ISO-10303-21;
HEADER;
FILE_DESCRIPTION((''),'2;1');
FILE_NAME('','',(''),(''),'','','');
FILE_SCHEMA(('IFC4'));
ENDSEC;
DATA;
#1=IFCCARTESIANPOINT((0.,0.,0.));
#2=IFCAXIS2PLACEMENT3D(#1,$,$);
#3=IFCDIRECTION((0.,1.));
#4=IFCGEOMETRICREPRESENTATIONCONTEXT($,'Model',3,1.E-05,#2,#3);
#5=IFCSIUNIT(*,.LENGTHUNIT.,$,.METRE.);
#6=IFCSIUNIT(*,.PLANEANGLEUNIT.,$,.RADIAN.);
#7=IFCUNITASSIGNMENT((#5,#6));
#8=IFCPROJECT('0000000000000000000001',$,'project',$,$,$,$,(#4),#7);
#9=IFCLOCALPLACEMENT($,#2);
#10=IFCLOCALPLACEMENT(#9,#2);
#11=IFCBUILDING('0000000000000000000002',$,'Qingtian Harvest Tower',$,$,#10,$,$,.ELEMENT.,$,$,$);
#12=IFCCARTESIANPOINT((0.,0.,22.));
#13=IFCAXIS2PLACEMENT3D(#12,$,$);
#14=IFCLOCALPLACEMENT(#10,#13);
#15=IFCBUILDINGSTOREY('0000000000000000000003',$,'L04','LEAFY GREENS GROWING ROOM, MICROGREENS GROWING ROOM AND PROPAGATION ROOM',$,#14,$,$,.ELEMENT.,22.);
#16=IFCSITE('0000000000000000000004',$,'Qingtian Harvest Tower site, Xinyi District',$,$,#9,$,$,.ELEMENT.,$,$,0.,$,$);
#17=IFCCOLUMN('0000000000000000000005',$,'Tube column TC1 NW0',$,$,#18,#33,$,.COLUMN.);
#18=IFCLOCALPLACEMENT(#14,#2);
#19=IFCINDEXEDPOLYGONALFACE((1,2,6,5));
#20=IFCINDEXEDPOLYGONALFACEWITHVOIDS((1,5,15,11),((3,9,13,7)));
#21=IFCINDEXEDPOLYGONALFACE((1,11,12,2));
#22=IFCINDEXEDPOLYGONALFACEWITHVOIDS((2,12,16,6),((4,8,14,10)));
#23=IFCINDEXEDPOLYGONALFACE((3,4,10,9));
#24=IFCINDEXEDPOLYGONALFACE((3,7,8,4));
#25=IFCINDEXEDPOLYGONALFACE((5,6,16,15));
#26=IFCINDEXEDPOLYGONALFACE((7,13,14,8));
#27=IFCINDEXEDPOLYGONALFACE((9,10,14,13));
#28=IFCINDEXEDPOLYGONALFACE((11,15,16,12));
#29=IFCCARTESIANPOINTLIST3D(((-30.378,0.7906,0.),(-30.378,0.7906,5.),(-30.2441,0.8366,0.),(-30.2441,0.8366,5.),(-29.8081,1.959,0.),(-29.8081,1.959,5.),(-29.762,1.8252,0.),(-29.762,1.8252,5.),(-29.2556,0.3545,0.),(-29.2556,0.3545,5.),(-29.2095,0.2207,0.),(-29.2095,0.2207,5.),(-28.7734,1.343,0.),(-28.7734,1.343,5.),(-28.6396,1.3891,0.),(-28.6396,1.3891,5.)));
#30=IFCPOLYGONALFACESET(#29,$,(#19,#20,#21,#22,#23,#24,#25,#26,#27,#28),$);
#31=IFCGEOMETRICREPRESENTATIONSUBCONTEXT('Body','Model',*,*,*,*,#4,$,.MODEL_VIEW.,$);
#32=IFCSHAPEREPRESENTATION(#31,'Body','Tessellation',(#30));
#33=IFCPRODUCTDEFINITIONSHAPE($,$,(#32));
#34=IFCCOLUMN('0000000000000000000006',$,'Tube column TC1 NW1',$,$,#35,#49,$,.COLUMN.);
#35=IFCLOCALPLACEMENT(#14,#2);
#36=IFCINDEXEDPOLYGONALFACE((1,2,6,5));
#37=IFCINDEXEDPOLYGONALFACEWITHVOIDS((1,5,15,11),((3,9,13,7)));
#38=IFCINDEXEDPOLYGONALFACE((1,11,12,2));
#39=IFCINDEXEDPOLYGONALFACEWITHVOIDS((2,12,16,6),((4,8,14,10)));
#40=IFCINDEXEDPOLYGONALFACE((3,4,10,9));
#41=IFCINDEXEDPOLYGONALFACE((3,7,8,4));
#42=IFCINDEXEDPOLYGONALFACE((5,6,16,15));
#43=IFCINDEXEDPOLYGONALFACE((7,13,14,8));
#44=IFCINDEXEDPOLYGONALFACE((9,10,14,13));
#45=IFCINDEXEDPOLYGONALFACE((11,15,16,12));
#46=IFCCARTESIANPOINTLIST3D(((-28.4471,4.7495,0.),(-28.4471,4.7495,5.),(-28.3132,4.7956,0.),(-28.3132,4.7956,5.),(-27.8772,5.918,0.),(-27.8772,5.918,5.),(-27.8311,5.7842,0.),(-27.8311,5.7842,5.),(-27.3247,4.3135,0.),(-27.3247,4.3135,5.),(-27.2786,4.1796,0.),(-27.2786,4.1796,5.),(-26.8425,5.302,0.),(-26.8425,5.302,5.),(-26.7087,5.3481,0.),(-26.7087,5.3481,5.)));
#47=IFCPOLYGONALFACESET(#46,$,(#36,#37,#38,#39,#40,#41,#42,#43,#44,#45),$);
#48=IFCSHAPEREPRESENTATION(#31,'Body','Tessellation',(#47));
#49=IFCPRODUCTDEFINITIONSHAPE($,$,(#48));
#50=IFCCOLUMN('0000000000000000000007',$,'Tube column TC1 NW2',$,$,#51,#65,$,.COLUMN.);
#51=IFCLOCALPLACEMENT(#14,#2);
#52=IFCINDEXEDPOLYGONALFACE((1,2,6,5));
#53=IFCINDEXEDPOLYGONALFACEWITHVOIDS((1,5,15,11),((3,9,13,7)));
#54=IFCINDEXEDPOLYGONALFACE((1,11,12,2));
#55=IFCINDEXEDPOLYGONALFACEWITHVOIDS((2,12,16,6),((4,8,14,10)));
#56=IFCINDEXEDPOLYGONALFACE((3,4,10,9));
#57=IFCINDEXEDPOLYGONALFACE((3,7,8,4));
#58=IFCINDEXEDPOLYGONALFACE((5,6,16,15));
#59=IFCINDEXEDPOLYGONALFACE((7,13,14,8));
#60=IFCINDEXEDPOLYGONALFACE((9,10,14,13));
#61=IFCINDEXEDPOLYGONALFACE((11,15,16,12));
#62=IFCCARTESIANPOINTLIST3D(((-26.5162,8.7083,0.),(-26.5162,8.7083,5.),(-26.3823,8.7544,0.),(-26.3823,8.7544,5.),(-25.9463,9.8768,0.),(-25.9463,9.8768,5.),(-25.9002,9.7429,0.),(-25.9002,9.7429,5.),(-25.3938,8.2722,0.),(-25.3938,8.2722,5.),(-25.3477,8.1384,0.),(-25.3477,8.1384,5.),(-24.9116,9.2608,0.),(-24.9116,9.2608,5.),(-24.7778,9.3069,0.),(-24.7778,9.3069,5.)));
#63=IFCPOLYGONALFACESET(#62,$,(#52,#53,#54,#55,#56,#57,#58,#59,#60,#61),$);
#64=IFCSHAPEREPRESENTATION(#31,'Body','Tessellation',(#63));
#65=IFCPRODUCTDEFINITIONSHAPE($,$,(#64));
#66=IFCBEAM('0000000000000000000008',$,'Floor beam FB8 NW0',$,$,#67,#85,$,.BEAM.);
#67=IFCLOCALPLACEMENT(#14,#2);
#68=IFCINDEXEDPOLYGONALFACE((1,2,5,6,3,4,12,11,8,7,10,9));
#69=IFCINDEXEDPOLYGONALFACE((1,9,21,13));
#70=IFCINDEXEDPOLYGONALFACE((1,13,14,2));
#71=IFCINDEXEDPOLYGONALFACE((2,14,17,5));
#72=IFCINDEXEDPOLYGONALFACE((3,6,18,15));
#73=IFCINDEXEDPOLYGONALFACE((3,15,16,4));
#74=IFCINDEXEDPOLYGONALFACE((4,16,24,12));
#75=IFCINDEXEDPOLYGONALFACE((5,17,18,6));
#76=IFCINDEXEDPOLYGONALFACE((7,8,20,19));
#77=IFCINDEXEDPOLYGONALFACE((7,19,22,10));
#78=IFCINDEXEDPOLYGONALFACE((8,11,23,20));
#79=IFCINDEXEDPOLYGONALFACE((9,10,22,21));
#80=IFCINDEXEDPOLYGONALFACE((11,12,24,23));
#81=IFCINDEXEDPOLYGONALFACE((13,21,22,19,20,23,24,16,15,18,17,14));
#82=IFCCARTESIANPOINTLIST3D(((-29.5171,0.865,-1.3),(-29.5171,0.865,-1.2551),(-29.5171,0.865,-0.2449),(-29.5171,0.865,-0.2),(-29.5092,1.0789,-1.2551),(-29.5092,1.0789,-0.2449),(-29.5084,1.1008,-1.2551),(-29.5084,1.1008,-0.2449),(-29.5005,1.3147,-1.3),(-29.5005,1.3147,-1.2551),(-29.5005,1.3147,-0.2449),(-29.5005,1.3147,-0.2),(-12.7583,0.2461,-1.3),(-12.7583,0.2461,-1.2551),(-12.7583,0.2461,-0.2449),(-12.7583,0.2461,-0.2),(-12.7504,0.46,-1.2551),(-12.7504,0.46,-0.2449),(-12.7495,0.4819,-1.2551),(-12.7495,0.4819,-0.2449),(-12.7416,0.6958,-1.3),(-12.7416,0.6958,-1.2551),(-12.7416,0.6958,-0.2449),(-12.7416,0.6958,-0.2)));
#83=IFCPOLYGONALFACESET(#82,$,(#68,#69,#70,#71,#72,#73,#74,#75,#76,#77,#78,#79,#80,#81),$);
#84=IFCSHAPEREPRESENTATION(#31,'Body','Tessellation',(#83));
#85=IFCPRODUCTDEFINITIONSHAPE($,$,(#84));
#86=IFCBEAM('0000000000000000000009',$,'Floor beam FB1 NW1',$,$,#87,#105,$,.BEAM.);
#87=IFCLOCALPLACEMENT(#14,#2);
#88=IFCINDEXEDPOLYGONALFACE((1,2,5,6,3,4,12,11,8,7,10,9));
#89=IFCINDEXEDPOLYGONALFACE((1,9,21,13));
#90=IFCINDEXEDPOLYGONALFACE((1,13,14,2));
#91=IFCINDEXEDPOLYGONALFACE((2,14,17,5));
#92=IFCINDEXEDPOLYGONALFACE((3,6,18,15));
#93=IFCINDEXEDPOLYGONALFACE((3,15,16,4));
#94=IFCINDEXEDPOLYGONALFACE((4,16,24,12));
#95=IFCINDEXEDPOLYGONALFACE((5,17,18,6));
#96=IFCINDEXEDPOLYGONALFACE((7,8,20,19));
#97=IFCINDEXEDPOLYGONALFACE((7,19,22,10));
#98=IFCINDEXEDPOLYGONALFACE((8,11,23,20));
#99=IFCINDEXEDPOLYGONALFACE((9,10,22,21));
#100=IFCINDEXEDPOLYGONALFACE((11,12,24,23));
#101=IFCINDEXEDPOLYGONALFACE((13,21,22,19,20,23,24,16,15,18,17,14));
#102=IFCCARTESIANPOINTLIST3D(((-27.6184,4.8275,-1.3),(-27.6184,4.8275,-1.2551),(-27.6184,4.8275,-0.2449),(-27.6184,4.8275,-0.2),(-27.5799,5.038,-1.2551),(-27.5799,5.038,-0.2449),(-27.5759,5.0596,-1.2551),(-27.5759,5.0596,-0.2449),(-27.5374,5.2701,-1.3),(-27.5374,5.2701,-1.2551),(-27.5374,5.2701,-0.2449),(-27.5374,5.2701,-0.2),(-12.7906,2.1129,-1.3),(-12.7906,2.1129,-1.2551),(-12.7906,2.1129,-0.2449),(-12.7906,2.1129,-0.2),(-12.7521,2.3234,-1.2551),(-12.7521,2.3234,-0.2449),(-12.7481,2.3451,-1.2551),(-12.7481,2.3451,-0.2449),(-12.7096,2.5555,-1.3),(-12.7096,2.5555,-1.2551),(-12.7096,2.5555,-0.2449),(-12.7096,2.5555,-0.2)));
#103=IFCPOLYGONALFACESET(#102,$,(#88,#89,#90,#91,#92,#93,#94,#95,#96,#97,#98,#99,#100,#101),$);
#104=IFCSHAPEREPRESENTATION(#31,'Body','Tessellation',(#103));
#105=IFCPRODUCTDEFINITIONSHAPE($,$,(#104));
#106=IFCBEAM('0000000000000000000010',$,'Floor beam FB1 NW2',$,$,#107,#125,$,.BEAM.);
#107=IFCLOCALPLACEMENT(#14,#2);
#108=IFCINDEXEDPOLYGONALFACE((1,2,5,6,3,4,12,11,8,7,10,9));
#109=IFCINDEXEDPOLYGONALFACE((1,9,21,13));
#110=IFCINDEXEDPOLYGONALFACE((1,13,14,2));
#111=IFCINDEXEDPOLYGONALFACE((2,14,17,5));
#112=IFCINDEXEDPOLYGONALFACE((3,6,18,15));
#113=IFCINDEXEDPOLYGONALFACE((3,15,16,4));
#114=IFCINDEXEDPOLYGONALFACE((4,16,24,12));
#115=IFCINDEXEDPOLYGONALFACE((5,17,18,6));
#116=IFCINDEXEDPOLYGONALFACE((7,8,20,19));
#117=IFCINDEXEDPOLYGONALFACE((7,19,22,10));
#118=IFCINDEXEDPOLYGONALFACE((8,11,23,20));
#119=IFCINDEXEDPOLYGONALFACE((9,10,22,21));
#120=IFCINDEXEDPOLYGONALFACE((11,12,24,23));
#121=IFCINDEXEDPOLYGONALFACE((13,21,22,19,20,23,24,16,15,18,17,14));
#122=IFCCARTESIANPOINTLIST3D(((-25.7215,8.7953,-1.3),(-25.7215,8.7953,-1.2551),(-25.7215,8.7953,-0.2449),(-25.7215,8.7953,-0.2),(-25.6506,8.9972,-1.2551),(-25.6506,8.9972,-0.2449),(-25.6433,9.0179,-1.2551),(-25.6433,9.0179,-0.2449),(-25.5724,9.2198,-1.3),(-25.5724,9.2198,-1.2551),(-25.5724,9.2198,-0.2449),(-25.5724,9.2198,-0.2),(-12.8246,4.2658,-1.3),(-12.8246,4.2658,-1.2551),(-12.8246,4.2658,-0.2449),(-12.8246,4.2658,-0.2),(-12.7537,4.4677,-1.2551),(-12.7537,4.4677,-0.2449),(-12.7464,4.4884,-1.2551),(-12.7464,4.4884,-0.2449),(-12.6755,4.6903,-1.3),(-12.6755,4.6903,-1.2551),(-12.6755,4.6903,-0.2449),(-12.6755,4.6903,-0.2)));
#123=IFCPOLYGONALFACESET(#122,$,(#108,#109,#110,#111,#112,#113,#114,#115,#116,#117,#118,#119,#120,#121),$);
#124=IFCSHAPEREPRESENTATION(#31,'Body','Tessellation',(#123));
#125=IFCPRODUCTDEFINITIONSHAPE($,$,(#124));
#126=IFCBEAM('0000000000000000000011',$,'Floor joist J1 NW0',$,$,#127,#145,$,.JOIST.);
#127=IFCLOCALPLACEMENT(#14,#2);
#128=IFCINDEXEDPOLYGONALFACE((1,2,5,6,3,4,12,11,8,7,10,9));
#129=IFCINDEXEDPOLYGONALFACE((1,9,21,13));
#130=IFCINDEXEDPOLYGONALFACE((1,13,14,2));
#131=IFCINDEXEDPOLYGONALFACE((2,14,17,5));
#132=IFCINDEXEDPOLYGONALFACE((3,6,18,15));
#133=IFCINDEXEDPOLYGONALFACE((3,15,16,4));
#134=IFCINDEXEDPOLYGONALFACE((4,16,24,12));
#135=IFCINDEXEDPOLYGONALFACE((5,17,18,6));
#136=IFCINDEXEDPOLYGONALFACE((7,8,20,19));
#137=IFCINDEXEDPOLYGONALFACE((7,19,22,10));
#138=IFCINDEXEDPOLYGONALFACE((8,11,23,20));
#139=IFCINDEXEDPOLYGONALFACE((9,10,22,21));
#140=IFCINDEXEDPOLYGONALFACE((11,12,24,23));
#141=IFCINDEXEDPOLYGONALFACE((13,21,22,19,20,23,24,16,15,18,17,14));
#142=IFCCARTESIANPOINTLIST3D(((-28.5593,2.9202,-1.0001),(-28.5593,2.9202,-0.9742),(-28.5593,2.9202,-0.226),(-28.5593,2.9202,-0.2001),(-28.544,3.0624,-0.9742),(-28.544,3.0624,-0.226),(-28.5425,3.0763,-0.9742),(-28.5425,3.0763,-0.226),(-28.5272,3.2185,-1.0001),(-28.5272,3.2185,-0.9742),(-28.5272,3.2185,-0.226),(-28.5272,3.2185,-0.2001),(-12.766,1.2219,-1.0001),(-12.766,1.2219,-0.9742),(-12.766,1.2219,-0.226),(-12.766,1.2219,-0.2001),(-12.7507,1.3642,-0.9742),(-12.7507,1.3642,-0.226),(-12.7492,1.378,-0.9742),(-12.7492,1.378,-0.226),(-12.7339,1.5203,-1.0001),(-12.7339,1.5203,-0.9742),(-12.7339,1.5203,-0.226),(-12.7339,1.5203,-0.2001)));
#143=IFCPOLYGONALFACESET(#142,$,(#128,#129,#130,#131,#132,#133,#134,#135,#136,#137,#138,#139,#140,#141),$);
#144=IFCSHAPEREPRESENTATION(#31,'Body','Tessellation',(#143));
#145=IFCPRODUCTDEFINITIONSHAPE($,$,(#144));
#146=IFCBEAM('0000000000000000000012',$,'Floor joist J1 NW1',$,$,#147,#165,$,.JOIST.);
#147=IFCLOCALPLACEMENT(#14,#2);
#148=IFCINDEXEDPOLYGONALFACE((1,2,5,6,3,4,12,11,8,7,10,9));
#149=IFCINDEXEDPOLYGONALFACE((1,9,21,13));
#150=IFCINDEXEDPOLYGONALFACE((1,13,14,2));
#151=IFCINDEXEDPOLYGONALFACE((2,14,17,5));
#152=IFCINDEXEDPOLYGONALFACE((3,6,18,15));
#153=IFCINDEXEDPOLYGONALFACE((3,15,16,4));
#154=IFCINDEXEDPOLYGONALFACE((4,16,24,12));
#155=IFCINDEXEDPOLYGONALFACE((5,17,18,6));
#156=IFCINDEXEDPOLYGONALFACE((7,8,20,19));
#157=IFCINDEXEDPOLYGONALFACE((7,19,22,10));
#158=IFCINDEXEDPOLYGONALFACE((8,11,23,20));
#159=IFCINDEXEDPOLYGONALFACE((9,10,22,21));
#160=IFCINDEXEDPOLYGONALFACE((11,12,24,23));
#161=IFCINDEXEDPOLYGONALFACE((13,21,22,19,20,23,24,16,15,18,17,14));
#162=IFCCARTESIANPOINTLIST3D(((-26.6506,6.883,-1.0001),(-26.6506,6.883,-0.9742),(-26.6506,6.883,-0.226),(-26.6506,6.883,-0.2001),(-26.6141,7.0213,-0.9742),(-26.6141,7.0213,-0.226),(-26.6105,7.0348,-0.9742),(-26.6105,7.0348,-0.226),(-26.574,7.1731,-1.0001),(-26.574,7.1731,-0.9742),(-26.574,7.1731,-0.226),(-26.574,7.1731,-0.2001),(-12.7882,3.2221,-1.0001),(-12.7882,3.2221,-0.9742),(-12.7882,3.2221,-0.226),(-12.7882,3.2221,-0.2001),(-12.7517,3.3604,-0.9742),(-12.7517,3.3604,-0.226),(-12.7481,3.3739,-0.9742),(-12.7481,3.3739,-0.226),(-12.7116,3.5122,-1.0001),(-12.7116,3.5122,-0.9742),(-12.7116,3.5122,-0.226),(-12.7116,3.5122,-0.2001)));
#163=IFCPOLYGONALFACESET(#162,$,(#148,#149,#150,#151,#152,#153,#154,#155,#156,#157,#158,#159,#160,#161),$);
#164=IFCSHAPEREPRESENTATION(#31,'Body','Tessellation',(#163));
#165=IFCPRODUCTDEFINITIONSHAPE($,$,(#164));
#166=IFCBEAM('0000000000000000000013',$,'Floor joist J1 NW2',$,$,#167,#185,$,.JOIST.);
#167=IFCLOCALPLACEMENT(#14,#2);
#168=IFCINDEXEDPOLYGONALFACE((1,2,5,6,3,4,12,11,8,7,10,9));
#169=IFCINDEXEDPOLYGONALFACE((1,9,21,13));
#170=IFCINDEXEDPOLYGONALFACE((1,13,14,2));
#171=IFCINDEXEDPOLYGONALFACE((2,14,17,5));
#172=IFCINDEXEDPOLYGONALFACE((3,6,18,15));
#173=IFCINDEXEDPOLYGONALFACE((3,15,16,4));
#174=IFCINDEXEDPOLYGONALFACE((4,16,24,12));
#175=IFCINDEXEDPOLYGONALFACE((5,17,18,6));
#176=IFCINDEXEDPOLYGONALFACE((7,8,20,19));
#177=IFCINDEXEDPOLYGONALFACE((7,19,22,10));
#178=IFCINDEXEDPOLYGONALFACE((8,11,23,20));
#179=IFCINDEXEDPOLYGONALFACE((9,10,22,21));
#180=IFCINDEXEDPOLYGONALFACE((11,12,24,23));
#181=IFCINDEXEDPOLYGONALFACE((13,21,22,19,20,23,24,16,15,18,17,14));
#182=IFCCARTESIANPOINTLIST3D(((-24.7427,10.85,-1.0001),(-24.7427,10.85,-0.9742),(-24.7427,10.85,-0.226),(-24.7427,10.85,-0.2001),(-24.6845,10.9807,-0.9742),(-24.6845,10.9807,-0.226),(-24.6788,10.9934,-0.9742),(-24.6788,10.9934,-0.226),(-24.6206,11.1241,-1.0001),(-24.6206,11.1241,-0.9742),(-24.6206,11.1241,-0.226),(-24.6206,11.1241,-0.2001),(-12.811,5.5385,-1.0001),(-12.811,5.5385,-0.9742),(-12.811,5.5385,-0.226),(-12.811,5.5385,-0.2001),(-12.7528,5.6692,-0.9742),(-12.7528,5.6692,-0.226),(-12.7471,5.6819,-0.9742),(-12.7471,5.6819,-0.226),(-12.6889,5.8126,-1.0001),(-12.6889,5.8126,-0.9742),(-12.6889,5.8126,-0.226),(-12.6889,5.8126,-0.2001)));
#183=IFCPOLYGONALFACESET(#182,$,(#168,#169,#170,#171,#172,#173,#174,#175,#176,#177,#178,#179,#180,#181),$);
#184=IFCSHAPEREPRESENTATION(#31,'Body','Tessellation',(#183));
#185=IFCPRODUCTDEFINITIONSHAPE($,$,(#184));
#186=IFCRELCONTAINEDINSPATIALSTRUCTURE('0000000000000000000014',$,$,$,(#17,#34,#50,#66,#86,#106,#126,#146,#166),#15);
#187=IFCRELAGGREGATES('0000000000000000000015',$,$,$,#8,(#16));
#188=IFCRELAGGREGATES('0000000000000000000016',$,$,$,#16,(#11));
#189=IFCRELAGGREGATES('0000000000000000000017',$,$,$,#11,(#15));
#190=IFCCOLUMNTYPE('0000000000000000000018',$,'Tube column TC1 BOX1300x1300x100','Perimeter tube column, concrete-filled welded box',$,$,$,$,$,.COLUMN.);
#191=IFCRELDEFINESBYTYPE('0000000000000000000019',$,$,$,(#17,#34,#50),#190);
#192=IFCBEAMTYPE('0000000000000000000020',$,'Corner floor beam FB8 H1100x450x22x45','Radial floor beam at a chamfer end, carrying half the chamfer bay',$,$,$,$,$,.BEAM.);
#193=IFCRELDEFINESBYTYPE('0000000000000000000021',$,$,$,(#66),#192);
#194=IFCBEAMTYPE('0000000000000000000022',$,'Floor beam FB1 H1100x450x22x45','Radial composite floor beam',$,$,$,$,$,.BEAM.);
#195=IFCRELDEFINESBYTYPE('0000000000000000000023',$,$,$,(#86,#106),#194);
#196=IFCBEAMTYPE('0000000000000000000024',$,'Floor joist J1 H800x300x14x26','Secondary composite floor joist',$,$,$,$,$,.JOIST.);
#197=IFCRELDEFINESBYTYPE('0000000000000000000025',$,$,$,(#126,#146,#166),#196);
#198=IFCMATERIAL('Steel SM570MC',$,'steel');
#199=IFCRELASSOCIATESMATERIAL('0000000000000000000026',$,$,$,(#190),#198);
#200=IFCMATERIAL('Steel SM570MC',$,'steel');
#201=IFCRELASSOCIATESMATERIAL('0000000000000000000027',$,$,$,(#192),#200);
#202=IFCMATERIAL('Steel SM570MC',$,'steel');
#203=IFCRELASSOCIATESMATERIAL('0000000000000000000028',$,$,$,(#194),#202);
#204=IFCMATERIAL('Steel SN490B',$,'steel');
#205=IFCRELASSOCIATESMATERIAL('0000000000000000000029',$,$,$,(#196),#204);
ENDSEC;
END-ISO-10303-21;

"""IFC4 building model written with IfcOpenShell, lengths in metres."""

from ifc_helpers import new_model, si_unit, direction, frame, origin, origin_2d, place, context, subcontext, project, spatial, hollow_rectangle, i_section, extrude, material, material_profile, profile_set, type_object, element, save


model = new_model("IFC4")

# Units and contexts
model_context = context("Model", 3, precision=1e-05, world=origin(), true_north=direction((0.0, 1.0)))
body_context = subcontext(model_context, "Body", "Model", "MODEL_VIEW")
ifc_project = project(units=[si_unit("LENGTHUNIT", "METRE"), si_unit("PLANEANGLEUNIT", "RADIAN")], contexts=[model_context])

# Site, building, storey
site_placement = place(None, origin())
site = spatial("IfcSite", under=ifc_project, at=site_placement, Name="Qingtian Harvest Tower site, Xinyi District", CompositionType="ELEMENT", RefElevation=0.0)
building_placement = place(site_placement, origin())
building = spatial("IfcBuilding", under=site, at=building_placement, Name="Qingtian Harvest Tower", CompositionType="ELEMENT")
storey_placement = place(building_placement, frame((0.0, 0.0, 22.0)))
storey = spatial("IfcBuildingStorey", under=building, at=storey_placement, Name="L04", Description="LEAFY GREENS GROWING ROOM, MICROGREENS GROWING ROOM AND PROPAGATION ROOM", CompositionType="ELEMENT", Elevation=22.0)

# Columns
ifc_material_1 = material(Name="Steel SM570MC", Category="steel")
ifc_material_profile_1 = material_profile(ifc_material_1, hollow_rectangle(XDim=1.3, YDim=1.3, WallThickness=0.1001, at=origin_2d()), Name="BOX1300x1300x100")
ifc_profile_set_1 = profile_set([ifc_material_profile_1], Name="Steel SM570MC")
column_type = type_object("IfcColumnType", Name="Tube column TC1 BOX1300x1300x100", Description="Perimeter tube column, concrete-filled welded box", PredefinedType="COLUMN", material=ifc_profile_set_1)
for number, where, z_axis, x_axis, name in (
    (1, (-29.5088, 1.0898, 0.0), (0.0, 0.0, 1.0), (-0.438371, -0.898794, 0.0), "Tube column TC1 NW0"),
    (2, (-27.5779, 5.0488, 0.0), (0.0, 0.0, 1.0), (-0.438371, -0.898794, 0.0), "Tube column TC1 NW1"),
    (3, (-25.647, 9.0076, 0.0), (0.0, 0.0, 1.0), (-0.438371, -0.898794, 0.0), "Tube column TC1 NW2"),
):
    element("IfcColumn", number, at=place(storey_placement, frame(where, z_axis=z_axis, x_axis=x_axis)), inside=storey, type_object=column_type, Name=name, PredefinedType="COLUMN", context=body_context, shape_type="SweptSolid", body=[
        extrude(hollow_rectangle(XDim=1.3, YDim=1.3, WallThickness=0.1001, at=origin_2d()), origin(), (0.0, 0.0, 1.0), 5.0),
    ])

# Beams
ifc_material_2 = material(Name="Steel SM570MC", Category="steel")
ifc_material_profile_2 = material_profile(ifc_material_2, i_section(OverallWidth=0.45, OverallDepth=1.1001, WebThickness=0.022, FlangeThickness=0.0449, at=origin_2d()), Name="H1100x450x22x45")
ifc_profile_set_2 = profile_set([ifc_material_profile_2], Name="Steel SM570MC")
beam_type_1 = type_object("IfcBeamType", Name="Corner floor beam FB8 H1100x450x22x45", Description="Radial floor beam at a chamfer end, carrying half the chamfer bay", PredefinedType="BEAM", material=ifc_profile_set_2)
beam_1_placement = place(storey_placement, frame((-29.5088, 1.0898, -0.75), z_axis=(0.999319, -0.036905, 0.0), x_axis=(0.036905, 0.999319, 0.0)))
element("IfcBeam", 4, at=beam_1_placement, inside=storey, type_object=beam_type_1, Name="Floor beam FB8 NW0", PredefinedType="BEAM", context=body_context, shape_type="SweptSolid", body=[
    extrude(i_section(OverallWidth=0.45, OverallDepth=1.1001, WebThickness=0.022, FlangeThickness=0.0449, at=origin_2d()), origin(), (0.0, 0.0, 1.0), 16.7703),
])
ifc_material_3 = material(Name="Steel SM570MC", Category="steel")
ifc_material_profile_3 = material_profile(ifc_material_3, i_section(OverallWidth=0.45, OverallDepth=1.1001, WebThickness=0.022, FlangeThickness=0.0449, at=origin_2d()), Name="H1100x450x22x45")
ifc_profile_set_3 = profile_set([ifc_material_profile_3], Name="Steel SM570MC")
beam_type_2 = type_object("IfcBeamType", Name="Floor beam FB1 H1100x450x22x45", Description="Radial composite floor beam", PredefinedType="BEAM", material=ifc_profile_set_3)
beam_2_placement = place(storey_placement, frame((-27.5779, 5.0488, -0.75), z_axis=(0.983652, -0.180081, 0.0), x_axis=(0.180081, 0.983652, 0.0)))
element("IfcBeam", 5, at=beam_2_placement, inside=storey, type_object=beam_type_2, Name="Floor beam FB1 NW1", PredefinedType="BEAM", context=body_context, shape_type="SweptSolid", body=[
    extrude(i_section(OverallWidth=0.45, OverallDepth=1.1001, WebThickness=0.022, FlangeThickness=0.0449, at=origin_2d()), origin(), (0.0, 0.0, 1.0), 15.0742),
])
beam_3_placement = place(storey_placement, frame((-25.647, 9.0076, -0.75), z_axis=(0.943502, -0.331367, 0.0), x_axis=(0.331367, 0.943502, 0.0)))
element("IfcBeam", 6, at=beam_3_placement, inside=storey, type_object=beam_type_2, Name="Floor beam FB1 NW2", PredefinedType="BEAM", context=body_context, shape_type="SweptSolid", body=[
    extrude(i_section(OverallWidth=0.45, OverallDepth=1.1001, WebThickness=0.022, FlangeThickness=0.0449, at=origin_2d()), origin(), (0.0, 0.0, 1.0), 13.6692),
])
ifc_material_4 = material(Name="Steel SN490B", Category="steel")
ifc_material_profile_4 = material_profile(ifc_material_4, i_section(OverallWidth=0.3, OverallDepth=0.8, WebThickness=0.0139, FlangeThickness=0.0259, at=origin_2d()), Name="H800x300x14x26")
ifc_profile_set_4 = profile_set([ifc_material_profile_4], Name="Steel SN490B")
beam_type_3 = type_object("IfcBeamType", Name="Floor joist J1 H800x300x14x26", Description="Secondary composite floor joist", PredefinedType="JOIST", material=ifc_profile_set_4)
beam_4_placement = place(storey_placement, frame((-28.5432, 3.0693, -0.6001), z_axis=(0.994268, -0.106914, 0.0), x_axis=(0.106914, 0.994268, 0.0)))
element("IfcBeam", 7, at=beam_4_placement, inside=storey, type_object=beam_type_3, Name="Floor joist J1 NW0", PredefinedType="JOIST", context=body_context, shape_type="SweptSolid", body=[
    extrude(i_section(OverallWidth=0.3, OverallDepth=0.8, WebThickness=0.0139, FlangeThickness=0.0259, at=origin_2d()), origin(), (0.0, 0.0, 1.0), 15.8843),
])
beam_5_placement = place(storey_placement, frame((-26.6123, 7.0281, -0.6001), z_axis=(0.966852, -0.255336, 0.0), x_axis=(0.255336, 0.966852, 0.0)))
element("IfcBeam", 8, at=beam_5_placement, inside=storey, type_object=beam_type_3, Name="Floor joist J1 NW1", PredefinedType="JOIST", context=body_context, shape_type="SweptSolid", body=[
    extrude(i_section(OverallWidth=0.3, OverallDepth=0.8, WebThickness=0.0139, FlangeThickness=0.0259, at=origin_2d()), origin(), (0.0, 0.0, 1.0), 14.3376),
])
beam_6_placement = place(storey_placement, frame((-24.6816, 10.9871, -0.6001), z_axis=(0.913568, -0.406686, 0.0), x_axis=(0.406686, 0.913568, 0.0)))
element("IfcBeam", 9, at=beam_6_placement, inside=storey, type_object=beam_type_3, Name="Floor joist J1 NW2", PredefinedType="JOIST", context=body_context, shape_type="SweptSolid", body=[
    extrude(i_section(OverallWidth=0.3, OverallDepth=0.8, WebThickness=0.0139, FlangeThickness=0.0259, at=origin_2d()), origin(), (0.0, 0.0, 1.0), 13.0605),
])

save(model, "model.ifc")
